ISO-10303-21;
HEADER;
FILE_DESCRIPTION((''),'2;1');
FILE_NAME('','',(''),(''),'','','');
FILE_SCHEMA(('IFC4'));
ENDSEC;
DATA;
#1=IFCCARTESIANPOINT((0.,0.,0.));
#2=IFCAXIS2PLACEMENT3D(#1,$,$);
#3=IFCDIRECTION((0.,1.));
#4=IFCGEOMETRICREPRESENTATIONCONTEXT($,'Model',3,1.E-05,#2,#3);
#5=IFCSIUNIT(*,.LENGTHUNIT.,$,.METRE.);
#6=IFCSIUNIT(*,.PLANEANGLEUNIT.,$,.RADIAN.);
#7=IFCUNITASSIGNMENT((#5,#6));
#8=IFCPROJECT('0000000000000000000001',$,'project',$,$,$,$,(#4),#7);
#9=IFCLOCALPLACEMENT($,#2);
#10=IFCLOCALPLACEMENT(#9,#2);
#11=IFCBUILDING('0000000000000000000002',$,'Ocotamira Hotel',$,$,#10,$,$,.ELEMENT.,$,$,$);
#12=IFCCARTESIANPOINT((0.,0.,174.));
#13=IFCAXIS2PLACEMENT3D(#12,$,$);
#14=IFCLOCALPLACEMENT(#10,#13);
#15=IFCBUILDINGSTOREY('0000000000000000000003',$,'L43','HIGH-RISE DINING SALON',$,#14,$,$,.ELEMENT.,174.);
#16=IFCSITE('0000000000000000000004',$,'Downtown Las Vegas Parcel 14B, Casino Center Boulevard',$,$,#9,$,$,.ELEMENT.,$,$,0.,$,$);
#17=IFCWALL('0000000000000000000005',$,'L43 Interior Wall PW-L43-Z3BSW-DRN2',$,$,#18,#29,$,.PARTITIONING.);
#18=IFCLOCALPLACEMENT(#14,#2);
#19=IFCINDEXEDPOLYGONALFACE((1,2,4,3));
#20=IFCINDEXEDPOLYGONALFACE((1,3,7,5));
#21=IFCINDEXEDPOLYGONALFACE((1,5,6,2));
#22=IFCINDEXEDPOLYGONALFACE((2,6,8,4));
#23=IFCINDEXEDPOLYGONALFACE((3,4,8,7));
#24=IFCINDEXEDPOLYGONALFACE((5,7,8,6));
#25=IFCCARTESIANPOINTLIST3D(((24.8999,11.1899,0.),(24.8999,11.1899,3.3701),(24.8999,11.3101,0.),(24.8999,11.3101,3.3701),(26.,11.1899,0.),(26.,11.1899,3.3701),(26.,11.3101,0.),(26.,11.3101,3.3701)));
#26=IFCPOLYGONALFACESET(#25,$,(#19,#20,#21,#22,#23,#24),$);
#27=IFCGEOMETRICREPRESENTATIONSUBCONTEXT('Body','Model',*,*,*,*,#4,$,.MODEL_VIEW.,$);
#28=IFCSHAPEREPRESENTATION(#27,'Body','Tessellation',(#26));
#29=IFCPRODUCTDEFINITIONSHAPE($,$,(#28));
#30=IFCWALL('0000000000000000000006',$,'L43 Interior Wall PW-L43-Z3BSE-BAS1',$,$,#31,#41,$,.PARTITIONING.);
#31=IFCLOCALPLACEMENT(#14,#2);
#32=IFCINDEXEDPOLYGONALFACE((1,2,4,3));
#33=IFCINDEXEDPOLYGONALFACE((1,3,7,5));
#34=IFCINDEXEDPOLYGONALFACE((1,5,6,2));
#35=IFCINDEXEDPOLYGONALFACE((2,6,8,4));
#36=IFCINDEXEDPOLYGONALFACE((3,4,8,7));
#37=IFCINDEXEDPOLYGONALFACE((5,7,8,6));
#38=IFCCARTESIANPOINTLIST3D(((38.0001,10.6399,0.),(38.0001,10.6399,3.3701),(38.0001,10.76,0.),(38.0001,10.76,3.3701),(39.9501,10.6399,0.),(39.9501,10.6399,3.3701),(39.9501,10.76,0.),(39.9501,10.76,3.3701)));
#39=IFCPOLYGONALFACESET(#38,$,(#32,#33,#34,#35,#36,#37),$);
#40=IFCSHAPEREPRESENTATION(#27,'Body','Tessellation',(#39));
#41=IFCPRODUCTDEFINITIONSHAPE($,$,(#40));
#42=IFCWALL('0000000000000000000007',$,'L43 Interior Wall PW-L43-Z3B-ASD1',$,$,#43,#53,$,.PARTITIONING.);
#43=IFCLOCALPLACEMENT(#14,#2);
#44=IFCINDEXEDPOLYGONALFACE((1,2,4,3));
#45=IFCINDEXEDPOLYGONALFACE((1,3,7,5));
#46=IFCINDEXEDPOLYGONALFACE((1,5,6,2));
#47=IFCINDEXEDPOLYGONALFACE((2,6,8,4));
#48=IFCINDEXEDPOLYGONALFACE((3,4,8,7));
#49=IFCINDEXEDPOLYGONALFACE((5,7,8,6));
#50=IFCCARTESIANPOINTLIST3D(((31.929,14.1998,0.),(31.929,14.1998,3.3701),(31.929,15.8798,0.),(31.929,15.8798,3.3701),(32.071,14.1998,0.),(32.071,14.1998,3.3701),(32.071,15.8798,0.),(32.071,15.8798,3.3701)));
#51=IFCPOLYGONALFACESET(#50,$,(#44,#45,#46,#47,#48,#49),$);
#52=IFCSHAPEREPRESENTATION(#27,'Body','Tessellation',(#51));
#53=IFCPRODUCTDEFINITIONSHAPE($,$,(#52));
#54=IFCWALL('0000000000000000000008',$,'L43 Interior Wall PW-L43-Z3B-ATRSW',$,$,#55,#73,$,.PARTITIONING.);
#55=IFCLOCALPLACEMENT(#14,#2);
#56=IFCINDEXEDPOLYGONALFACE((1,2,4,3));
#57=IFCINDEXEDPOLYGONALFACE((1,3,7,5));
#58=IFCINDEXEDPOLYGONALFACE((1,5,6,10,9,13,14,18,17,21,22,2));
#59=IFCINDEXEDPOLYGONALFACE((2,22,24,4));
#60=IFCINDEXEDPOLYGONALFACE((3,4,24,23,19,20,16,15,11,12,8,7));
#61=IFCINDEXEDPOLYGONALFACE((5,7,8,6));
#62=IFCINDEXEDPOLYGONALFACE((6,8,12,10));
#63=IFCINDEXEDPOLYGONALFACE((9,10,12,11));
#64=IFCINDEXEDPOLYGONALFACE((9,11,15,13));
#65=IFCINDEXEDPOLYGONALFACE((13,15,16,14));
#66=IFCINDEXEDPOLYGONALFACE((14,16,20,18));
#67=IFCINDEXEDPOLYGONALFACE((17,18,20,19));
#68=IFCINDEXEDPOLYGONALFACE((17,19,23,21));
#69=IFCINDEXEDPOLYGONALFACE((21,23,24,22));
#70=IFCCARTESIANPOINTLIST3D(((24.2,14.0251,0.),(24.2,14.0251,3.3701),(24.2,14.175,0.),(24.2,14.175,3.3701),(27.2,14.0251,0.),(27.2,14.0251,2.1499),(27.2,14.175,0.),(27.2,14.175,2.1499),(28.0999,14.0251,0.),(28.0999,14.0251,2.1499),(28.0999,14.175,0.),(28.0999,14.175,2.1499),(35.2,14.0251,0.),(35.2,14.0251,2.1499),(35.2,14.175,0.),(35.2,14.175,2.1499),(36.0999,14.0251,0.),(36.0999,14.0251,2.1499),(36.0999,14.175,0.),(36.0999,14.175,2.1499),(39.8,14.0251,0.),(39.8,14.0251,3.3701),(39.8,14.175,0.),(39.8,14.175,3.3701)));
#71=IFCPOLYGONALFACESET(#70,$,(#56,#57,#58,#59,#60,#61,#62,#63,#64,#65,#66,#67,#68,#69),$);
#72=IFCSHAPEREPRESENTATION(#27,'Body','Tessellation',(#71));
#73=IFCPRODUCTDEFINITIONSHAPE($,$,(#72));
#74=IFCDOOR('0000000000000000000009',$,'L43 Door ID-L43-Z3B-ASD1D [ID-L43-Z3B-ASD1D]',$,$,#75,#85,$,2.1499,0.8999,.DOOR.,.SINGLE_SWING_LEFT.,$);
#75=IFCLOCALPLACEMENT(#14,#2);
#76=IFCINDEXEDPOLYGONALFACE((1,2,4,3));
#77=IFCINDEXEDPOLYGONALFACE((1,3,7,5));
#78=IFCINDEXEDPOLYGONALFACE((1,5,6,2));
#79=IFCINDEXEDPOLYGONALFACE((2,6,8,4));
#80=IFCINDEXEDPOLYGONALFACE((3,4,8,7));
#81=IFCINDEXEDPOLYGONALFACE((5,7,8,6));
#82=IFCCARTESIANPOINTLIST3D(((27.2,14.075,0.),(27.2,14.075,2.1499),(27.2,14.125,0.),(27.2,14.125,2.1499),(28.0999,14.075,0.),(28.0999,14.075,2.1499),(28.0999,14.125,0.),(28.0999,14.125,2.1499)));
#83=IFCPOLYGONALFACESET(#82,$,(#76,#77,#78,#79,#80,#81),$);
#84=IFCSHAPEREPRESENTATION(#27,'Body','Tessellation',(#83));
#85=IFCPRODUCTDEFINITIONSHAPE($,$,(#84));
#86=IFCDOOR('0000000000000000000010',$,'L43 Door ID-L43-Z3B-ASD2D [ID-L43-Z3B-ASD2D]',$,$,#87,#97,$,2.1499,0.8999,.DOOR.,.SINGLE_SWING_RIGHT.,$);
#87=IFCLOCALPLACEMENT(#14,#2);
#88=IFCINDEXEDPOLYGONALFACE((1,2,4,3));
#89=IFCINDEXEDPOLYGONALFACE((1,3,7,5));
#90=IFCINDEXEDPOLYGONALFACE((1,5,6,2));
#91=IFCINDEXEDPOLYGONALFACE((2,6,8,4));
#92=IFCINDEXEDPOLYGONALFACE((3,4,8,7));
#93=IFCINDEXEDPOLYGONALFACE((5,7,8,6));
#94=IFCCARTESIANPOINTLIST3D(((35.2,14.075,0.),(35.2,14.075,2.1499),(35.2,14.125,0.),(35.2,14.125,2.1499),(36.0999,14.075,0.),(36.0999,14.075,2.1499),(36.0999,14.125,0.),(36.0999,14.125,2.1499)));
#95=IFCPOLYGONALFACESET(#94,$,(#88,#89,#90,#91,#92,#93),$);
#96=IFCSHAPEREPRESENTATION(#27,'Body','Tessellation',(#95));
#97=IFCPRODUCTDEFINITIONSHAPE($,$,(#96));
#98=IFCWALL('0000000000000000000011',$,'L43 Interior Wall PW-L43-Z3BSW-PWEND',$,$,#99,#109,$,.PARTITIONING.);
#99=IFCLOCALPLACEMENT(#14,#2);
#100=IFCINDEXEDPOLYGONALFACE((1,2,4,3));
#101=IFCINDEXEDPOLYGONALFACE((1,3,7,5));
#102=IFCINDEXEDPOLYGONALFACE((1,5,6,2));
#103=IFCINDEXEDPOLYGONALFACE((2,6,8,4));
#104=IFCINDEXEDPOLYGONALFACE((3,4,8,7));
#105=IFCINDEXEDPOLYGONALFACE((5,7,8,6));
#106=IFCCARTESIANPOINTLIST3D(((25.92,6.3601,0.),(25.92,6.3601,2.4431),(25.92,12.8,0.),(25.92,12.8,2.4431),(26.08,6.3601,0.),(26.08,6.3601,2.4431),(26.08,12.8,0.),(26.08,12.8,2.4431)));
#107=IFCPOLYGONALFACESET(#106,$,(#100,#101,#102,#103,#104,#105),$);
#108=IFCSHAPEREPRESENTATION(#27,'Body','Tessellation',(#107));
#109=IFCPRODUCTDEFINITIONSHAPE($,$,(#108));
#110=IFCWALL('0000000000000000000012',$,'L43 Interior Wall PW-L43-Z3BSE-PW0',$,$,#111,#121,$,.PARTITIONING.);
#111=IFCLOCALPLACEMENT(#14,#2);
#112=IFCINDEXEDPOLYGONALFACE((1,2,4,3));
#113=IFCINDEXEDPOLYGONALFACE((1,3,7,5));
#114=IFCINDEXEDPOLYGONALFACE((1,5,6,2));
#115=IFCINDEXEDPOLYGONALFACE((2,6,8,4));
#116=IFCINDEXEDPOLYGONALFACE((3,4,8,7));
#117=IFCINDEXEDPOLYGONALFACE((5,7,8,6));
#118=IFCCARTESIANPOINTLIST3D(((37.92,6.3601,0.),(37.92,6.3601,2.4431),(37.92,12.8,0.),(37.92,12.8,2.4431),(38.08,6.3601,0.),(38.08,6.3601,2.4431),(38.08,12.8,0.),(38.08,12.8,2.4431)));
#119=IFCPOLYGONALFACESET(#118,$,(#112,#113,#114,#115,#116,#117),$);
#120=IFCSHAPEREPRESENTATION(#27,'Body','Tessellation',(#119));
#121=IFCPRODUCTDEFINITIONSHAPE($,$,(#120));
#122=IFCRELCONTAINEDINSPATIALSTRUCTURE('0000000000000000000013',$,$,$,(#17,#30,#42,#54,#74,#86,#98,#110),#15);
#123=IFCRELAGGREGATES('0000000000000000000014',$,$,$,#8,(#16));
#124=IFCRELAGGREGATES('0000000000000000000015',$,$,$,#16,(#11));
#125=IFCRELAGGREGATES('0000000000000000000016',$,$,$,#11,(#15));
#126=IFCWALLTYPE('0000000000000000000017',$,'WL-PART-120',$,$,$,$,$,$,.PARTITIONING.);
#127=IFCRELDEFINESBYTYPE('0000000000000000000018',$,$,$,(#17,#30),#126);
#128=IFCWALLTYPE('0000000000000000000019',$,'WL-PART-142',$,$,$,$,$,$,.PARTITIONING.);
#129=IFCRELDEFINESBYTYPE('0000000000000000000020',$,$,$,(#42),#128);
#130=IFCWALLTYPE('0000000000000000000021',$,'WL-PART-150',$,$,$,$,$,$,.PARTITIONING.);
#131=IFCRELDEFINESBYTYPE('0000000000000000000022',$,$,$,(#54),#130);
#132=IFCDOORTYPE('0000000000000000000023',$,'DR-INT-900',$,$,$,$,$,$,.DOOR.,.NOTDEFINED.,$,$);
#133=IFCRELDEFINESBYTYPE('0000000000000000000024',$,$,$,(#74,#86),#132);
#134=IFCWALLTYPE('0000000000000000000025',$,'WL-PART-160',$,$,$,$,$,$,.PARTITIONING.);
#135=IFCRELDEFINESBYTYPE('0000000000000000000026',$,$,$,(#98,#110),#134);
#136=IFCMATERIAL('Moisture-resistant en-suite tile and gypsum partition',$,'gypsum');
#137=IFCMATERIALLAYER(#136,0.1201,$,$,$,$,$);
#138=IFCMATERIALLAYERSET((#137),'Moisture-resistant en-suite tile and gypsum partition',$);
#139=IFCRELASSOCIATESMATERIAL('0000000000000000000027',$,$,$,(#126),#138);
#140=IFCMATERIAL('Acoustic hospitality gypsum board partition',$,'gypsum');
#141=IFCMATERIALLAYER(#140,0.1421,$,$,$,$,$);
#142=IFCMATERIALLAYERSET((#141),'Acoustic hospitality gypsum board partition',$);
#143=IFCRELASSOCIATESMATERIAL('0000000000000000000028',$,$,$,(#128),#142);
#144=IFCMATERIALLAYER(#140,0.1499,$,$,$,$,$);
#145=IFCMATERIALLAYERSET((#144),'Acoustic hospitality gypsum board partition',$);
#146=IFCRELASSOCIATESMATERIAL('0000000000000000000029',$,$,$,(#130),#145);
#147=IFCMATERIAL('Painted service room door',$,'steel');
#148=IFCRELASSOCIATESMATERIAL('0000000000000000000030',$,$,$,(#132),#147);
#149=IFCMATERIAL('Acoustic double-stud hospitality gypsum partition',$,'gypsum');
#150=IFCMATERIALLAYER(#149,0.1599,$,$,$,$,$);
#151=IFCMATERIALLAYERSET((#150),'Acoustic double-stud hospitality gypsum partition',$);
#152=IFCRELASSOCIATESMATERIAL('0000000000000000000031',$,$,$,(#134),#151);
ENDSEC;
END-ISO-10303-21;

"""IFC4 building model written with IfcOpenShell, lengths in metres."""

from ifc_helpers import new_model, si_unit, direction, frame, frame_2d, origin, place, context, subcontext, project, spatial, rectangle, extrude, source, transform, mapped, material, layer, layer_set, type_object, element, fill, save


model = new_model("IFC4")

# Units and contexts
model_context = context("Model", 3, precision=1e-05, world=origin(), true_north=direction((0.0, 1.0)))
body_context = subcontext(model_context, "Body", "Model", "MODEL_VIEW")
ifc_project = project(units=[si_unit("LENGTHUNIT", "METRE"), si_unit("PLANEANGLEUNIT", "RADIAN")], contexts=[model_context])

# Site, building, storey
site_placement = place(None, origin())
site = spatial("IfcSite", under=ifc_project, at=site_placement, Name="Downtown Las Vegas Parcel 14B, Casino Center Boulevard", CompositionType="ELEMENT", RefElevation=0.0)
building_placement = place(site_placement, origin())
building = spatial("IfcBuilding", under=site, at=building_placement, Name="Ocotamira Hotel", CompositionType="ELEMENT")
storey_placement = place(building_placement, frame((0.0, 0.0, 174.0)))
storey = spatial("IfcBuildingStorey", under=building, at=storey_placement, Name="L43", Description="HIGH-RISE DINING SALON", CompositionType="ELEMENT", Elevation=174.0)

# Walls
ifc_material_1 = material(Name="Moisture-resistant en-suite tile and gypsum partition", Category="gypsum")
ifc_layer_1 = layer(ifc_material_1, 0.1201)
ifc_layer_set_1 = layer_set([ifc_layer_1], Name="Moisture-resistant en-suite tile and gypsum partition")
wall_type_1 = type_object("IfcWallType", Name="WL-PART-120", PredefinedType="PARTITIONING", material=ifc_layer_set_1)
wall_1_placement = place(storey_placement, frame((24.8999, 11.25, 0.0), z_axis=(0.0, 0.0, 1.0), x_axis=(1.0, 0.0, 0.0)))
element("IfcWall", 1, at=wall_1_placement, inside=storey, type_object=wall_type_1, Name="L43 Interior Wall PW-L43-Z3BSW-DRN2", PredefinedType="PARTITIONING", context=body_context, shape_type="SweptSolid", body=[
    extrude(rectangle(XDim=1.1001, YDim=0.1201, at=frame_2d((0.55, 0.0))), origin(), (0.0, 0.0, 1.0), 3.3701),
])
wall_2_placement = place(storey_placement, frame((38.0, 10.7, 0.0), z_axis=(0.0, 0.0, 1.0), x_axis=(1.0, 0.0, 0.0)))
element("IfcWall", 2, at=wall_2_placement, inside=storey, type_object=wall_type_1, Name="L43 Interior Wall PW-L43-Z3BSE-BAS1", PredefinedType="PARTITIONING", context=body_context, shape_type="SweptSolid", body=[
    extrude(rectangle(XDim=1.95, YDim=0.1201, at=frame_2d((0.9751, 0.0))), origin(), (0.0, 0.0, 1.0), 3.3701),
])
ifc_material_2 = material(Name="Acoustic hospitality gypsum board partition", Category="gypsum")
ifc_layer_2 = layer(ifc_material_2, 0.1421)
ifc_layer_set_2 = layer_set([ifc_layer_2], Name="Acoustic hospitality gypsum board partition")
wall_type_2 = type_object("IfcWallType", Name="WL-PART-142", PredefinedType="PARTITIONING", material=ifc_layer_set_2)
wall_3_placement = place(storey_placement, frame((32.0, 14.2, 0.0), z_axis=(0.0, 0.0, 1.0), x_axis=(0.0, 1.0, 0.0)))
element("IfcWall", 3, at=wall_3_placement, inside=storey, type_object=wall_type_2, Name="L43 Interior Wall PW-L43-Z3B-ASD1", PredefinedType="PARTITIONING", context=body_context, shape_type="SweptSolid", body=[
    extrude(rectangle(XDim=1.6799, YDim=0.1421, at=frame_2d((0.8398, 0.0))), origin(), (0.0, 0.0, 1.0), 3.3701),
])

# Wall, openings, doors
ifc_layer_3 = layer(ifc_material_2, 0.1499)
ifc_layer_set_3 = layer_set([ifc_layer_3], Name="Acoustic hospitality gypsum board partition")
wall_type_3 = type_object("IfcWallType", Name="WL-PART-150", PredefinedType="PARTITIONING", material=ifc_layer_set_3)
wall_4_placement = place(storey_placement, frame((24.2, 14.1001, 0.0), z_axis=(0.0, 0.0, 1.0), x_axis=(1.0, 0.0, 0.0)))
wall_4 = element("IfcWall", 4, at=wall_4_placement, inside=storey, type_object=wall_type_3, Name="L43 Interior Wall PW-L43-Z3B-ATRSW", PredefinedType="PARTITIONING", context=body_context, shape_type="SweptSolid", body=[
    extrude(rectangle(XDim=15.6001, YDim=0.1499, at=frame_2d((7.8, 0.0))), origin(), (0.0, 0.0, 1.0), 3.3701),
])
opening_1_placement = place(wall_4_placement, frame((3.0, 0.0, 0.0)))
opening_1 = element("IfcOpeningElement", 5, at=opening_1_placement, cuts=wall_4, PredefinedType="OPENING", context=body_context, shape_type="SweptSolid", body=[
    extrude(rectangle(XDim=0.8999, YDim=2.1499, at=frame_2d((0.45, 1.075))), frame((0.0, 0.085, 0.0), z_axis=(0.0, -1.0, 0.0), x_axis=(1.0, 0.0, 0.0)), (0.0, 0.0, 1.0), 0.1699),
])
opening_2_placement = place(wall_4_placement, frame((11.0, 0.0, 0.0)))
opening_2 = element("IfcOpeningElement", 6, at=opening_2_placement, cuts=wall_4, PredefinedType="OPENING", context=body_context, shape_type="SweptSolid", body=[
    extrude(rectangle(XDim=0.8999, YDim=2.1499, at=frame_2d((0.45, 1.075))), frame((0.0, 0.085, 0.0), z_axis=(0.0, -1.0, 0.0), x_axis=(1.0, 0.0, 0.0)), (0.0, 0.0, 1.0), 0.1699),
])
ifc_material_3 = material(Name="Painted service room door", Category="steel")
door_type_1 = type_object("IfcDoorType", Name="DR-INT-900", OperationType="NOTDEFINED", PredefinedType="DOOR", material=ifc_material_3)
shared_shape_1 = source(origin(), body_context, "Body", "SweptSolid", [
    extrude(rectangle(XDim=0.8999, YDim=2.1499, at=frame_2d((0.45, 1.075))), frame((0.0, 0.0249, 0.0), z_axis=(0.0, -1.0, 0.0), x_axis=(1.0, 0.0, 0.0)), (0.0, 0.0, 1.0), 0.05),
])
door_1_placement = place(opening_1_placement, origin())
door_1 = element("IfcDoor", 7, at=door_1_placement, inside=storey, type_object=door_type_1, Name="L43 Door ID-L43-Z3B-ASD1D [ID-L43-Z3B-ASD1D]", OperationType="SINGLE_SWING_LEFT", OverallHeight=2.1499, OverallWidth=0.8999, PredefinedType="DOOR", context=body_context, shape_type="MappedRepresentation", body=[
    mapped(shared_shape_1, transform((0.0, 0.0, 0.0), scale=1.0)),
])
fill(opening_1, door_1)
door_2_placement = place(opening_2_placement, origin())
door_2 = element("IfcDoor", 8, at=door_2_placement, inside=storey, type_object=door_type_1, Name="L43 Door ID-L43-Z3B-ASD2D [ID-L43-Z3B-ASD2D]", OperationType="SINGLE_SWING_RIGHT", OverallHeight=2.1499, OverallWidth=0.8999, PredefinedType="DOOR", context=body_context, shape_type="MappedRepresentation", body=[
    mapped(shared_shape_1, transform((0.0, 0.0, 0.0), scale=1.0)),
])
fill(opening_2, door_2)

# Walls
ifc_material_4 = material(Name="Acoustic double-stud hospitality gypsum partition", Category="gypsum")
ifc_layer_4 = layer(ifc_material_4, 0.1599)
ifc_layer_set_4 = layer_set([ifc_layer_4], Name="Acoustic double-stud hospitality gypsum partition")
wall_type_4 = type_object("IfcWallType", Name="WL-PART-160", PredefinedType="PARTITIONING", material=ifc_layer_set_4)
for number, where, z_axis, x_axis, name in (
    (9, (26.0, 6.3601, 0.0), (0.0, 0.0, 1.0), (0.0, 1.0, 0.0), "L43 Interior Wall PW-L43-Z3BSW-PWEND"),
    (10, (38.0, 6.3601, 0.0), (0.0, 0.0, 1.0), (0.0, 1.0, 0.0), "L43 Interior Wall PW-L43-Z3BSE-PW0"),
):
    element("IfcWall", number, at=place(storey_placement, frame(where, z_axis=z_axis, x_axis=x_axis)), inside=storey, type_object=wall_type_4, Name=name, PredefinedType="PARTITIONING", context=body_context, shape_type="SweptSolid", body=[
        extrude(rectangle(XDim=6.4399, YDim=0.1599, at=frame_2d((3.22, 0.0))), origin(), (0.0, 0.0, 1.0), 2.4431),
    ])

save(model, "model.ifc")
